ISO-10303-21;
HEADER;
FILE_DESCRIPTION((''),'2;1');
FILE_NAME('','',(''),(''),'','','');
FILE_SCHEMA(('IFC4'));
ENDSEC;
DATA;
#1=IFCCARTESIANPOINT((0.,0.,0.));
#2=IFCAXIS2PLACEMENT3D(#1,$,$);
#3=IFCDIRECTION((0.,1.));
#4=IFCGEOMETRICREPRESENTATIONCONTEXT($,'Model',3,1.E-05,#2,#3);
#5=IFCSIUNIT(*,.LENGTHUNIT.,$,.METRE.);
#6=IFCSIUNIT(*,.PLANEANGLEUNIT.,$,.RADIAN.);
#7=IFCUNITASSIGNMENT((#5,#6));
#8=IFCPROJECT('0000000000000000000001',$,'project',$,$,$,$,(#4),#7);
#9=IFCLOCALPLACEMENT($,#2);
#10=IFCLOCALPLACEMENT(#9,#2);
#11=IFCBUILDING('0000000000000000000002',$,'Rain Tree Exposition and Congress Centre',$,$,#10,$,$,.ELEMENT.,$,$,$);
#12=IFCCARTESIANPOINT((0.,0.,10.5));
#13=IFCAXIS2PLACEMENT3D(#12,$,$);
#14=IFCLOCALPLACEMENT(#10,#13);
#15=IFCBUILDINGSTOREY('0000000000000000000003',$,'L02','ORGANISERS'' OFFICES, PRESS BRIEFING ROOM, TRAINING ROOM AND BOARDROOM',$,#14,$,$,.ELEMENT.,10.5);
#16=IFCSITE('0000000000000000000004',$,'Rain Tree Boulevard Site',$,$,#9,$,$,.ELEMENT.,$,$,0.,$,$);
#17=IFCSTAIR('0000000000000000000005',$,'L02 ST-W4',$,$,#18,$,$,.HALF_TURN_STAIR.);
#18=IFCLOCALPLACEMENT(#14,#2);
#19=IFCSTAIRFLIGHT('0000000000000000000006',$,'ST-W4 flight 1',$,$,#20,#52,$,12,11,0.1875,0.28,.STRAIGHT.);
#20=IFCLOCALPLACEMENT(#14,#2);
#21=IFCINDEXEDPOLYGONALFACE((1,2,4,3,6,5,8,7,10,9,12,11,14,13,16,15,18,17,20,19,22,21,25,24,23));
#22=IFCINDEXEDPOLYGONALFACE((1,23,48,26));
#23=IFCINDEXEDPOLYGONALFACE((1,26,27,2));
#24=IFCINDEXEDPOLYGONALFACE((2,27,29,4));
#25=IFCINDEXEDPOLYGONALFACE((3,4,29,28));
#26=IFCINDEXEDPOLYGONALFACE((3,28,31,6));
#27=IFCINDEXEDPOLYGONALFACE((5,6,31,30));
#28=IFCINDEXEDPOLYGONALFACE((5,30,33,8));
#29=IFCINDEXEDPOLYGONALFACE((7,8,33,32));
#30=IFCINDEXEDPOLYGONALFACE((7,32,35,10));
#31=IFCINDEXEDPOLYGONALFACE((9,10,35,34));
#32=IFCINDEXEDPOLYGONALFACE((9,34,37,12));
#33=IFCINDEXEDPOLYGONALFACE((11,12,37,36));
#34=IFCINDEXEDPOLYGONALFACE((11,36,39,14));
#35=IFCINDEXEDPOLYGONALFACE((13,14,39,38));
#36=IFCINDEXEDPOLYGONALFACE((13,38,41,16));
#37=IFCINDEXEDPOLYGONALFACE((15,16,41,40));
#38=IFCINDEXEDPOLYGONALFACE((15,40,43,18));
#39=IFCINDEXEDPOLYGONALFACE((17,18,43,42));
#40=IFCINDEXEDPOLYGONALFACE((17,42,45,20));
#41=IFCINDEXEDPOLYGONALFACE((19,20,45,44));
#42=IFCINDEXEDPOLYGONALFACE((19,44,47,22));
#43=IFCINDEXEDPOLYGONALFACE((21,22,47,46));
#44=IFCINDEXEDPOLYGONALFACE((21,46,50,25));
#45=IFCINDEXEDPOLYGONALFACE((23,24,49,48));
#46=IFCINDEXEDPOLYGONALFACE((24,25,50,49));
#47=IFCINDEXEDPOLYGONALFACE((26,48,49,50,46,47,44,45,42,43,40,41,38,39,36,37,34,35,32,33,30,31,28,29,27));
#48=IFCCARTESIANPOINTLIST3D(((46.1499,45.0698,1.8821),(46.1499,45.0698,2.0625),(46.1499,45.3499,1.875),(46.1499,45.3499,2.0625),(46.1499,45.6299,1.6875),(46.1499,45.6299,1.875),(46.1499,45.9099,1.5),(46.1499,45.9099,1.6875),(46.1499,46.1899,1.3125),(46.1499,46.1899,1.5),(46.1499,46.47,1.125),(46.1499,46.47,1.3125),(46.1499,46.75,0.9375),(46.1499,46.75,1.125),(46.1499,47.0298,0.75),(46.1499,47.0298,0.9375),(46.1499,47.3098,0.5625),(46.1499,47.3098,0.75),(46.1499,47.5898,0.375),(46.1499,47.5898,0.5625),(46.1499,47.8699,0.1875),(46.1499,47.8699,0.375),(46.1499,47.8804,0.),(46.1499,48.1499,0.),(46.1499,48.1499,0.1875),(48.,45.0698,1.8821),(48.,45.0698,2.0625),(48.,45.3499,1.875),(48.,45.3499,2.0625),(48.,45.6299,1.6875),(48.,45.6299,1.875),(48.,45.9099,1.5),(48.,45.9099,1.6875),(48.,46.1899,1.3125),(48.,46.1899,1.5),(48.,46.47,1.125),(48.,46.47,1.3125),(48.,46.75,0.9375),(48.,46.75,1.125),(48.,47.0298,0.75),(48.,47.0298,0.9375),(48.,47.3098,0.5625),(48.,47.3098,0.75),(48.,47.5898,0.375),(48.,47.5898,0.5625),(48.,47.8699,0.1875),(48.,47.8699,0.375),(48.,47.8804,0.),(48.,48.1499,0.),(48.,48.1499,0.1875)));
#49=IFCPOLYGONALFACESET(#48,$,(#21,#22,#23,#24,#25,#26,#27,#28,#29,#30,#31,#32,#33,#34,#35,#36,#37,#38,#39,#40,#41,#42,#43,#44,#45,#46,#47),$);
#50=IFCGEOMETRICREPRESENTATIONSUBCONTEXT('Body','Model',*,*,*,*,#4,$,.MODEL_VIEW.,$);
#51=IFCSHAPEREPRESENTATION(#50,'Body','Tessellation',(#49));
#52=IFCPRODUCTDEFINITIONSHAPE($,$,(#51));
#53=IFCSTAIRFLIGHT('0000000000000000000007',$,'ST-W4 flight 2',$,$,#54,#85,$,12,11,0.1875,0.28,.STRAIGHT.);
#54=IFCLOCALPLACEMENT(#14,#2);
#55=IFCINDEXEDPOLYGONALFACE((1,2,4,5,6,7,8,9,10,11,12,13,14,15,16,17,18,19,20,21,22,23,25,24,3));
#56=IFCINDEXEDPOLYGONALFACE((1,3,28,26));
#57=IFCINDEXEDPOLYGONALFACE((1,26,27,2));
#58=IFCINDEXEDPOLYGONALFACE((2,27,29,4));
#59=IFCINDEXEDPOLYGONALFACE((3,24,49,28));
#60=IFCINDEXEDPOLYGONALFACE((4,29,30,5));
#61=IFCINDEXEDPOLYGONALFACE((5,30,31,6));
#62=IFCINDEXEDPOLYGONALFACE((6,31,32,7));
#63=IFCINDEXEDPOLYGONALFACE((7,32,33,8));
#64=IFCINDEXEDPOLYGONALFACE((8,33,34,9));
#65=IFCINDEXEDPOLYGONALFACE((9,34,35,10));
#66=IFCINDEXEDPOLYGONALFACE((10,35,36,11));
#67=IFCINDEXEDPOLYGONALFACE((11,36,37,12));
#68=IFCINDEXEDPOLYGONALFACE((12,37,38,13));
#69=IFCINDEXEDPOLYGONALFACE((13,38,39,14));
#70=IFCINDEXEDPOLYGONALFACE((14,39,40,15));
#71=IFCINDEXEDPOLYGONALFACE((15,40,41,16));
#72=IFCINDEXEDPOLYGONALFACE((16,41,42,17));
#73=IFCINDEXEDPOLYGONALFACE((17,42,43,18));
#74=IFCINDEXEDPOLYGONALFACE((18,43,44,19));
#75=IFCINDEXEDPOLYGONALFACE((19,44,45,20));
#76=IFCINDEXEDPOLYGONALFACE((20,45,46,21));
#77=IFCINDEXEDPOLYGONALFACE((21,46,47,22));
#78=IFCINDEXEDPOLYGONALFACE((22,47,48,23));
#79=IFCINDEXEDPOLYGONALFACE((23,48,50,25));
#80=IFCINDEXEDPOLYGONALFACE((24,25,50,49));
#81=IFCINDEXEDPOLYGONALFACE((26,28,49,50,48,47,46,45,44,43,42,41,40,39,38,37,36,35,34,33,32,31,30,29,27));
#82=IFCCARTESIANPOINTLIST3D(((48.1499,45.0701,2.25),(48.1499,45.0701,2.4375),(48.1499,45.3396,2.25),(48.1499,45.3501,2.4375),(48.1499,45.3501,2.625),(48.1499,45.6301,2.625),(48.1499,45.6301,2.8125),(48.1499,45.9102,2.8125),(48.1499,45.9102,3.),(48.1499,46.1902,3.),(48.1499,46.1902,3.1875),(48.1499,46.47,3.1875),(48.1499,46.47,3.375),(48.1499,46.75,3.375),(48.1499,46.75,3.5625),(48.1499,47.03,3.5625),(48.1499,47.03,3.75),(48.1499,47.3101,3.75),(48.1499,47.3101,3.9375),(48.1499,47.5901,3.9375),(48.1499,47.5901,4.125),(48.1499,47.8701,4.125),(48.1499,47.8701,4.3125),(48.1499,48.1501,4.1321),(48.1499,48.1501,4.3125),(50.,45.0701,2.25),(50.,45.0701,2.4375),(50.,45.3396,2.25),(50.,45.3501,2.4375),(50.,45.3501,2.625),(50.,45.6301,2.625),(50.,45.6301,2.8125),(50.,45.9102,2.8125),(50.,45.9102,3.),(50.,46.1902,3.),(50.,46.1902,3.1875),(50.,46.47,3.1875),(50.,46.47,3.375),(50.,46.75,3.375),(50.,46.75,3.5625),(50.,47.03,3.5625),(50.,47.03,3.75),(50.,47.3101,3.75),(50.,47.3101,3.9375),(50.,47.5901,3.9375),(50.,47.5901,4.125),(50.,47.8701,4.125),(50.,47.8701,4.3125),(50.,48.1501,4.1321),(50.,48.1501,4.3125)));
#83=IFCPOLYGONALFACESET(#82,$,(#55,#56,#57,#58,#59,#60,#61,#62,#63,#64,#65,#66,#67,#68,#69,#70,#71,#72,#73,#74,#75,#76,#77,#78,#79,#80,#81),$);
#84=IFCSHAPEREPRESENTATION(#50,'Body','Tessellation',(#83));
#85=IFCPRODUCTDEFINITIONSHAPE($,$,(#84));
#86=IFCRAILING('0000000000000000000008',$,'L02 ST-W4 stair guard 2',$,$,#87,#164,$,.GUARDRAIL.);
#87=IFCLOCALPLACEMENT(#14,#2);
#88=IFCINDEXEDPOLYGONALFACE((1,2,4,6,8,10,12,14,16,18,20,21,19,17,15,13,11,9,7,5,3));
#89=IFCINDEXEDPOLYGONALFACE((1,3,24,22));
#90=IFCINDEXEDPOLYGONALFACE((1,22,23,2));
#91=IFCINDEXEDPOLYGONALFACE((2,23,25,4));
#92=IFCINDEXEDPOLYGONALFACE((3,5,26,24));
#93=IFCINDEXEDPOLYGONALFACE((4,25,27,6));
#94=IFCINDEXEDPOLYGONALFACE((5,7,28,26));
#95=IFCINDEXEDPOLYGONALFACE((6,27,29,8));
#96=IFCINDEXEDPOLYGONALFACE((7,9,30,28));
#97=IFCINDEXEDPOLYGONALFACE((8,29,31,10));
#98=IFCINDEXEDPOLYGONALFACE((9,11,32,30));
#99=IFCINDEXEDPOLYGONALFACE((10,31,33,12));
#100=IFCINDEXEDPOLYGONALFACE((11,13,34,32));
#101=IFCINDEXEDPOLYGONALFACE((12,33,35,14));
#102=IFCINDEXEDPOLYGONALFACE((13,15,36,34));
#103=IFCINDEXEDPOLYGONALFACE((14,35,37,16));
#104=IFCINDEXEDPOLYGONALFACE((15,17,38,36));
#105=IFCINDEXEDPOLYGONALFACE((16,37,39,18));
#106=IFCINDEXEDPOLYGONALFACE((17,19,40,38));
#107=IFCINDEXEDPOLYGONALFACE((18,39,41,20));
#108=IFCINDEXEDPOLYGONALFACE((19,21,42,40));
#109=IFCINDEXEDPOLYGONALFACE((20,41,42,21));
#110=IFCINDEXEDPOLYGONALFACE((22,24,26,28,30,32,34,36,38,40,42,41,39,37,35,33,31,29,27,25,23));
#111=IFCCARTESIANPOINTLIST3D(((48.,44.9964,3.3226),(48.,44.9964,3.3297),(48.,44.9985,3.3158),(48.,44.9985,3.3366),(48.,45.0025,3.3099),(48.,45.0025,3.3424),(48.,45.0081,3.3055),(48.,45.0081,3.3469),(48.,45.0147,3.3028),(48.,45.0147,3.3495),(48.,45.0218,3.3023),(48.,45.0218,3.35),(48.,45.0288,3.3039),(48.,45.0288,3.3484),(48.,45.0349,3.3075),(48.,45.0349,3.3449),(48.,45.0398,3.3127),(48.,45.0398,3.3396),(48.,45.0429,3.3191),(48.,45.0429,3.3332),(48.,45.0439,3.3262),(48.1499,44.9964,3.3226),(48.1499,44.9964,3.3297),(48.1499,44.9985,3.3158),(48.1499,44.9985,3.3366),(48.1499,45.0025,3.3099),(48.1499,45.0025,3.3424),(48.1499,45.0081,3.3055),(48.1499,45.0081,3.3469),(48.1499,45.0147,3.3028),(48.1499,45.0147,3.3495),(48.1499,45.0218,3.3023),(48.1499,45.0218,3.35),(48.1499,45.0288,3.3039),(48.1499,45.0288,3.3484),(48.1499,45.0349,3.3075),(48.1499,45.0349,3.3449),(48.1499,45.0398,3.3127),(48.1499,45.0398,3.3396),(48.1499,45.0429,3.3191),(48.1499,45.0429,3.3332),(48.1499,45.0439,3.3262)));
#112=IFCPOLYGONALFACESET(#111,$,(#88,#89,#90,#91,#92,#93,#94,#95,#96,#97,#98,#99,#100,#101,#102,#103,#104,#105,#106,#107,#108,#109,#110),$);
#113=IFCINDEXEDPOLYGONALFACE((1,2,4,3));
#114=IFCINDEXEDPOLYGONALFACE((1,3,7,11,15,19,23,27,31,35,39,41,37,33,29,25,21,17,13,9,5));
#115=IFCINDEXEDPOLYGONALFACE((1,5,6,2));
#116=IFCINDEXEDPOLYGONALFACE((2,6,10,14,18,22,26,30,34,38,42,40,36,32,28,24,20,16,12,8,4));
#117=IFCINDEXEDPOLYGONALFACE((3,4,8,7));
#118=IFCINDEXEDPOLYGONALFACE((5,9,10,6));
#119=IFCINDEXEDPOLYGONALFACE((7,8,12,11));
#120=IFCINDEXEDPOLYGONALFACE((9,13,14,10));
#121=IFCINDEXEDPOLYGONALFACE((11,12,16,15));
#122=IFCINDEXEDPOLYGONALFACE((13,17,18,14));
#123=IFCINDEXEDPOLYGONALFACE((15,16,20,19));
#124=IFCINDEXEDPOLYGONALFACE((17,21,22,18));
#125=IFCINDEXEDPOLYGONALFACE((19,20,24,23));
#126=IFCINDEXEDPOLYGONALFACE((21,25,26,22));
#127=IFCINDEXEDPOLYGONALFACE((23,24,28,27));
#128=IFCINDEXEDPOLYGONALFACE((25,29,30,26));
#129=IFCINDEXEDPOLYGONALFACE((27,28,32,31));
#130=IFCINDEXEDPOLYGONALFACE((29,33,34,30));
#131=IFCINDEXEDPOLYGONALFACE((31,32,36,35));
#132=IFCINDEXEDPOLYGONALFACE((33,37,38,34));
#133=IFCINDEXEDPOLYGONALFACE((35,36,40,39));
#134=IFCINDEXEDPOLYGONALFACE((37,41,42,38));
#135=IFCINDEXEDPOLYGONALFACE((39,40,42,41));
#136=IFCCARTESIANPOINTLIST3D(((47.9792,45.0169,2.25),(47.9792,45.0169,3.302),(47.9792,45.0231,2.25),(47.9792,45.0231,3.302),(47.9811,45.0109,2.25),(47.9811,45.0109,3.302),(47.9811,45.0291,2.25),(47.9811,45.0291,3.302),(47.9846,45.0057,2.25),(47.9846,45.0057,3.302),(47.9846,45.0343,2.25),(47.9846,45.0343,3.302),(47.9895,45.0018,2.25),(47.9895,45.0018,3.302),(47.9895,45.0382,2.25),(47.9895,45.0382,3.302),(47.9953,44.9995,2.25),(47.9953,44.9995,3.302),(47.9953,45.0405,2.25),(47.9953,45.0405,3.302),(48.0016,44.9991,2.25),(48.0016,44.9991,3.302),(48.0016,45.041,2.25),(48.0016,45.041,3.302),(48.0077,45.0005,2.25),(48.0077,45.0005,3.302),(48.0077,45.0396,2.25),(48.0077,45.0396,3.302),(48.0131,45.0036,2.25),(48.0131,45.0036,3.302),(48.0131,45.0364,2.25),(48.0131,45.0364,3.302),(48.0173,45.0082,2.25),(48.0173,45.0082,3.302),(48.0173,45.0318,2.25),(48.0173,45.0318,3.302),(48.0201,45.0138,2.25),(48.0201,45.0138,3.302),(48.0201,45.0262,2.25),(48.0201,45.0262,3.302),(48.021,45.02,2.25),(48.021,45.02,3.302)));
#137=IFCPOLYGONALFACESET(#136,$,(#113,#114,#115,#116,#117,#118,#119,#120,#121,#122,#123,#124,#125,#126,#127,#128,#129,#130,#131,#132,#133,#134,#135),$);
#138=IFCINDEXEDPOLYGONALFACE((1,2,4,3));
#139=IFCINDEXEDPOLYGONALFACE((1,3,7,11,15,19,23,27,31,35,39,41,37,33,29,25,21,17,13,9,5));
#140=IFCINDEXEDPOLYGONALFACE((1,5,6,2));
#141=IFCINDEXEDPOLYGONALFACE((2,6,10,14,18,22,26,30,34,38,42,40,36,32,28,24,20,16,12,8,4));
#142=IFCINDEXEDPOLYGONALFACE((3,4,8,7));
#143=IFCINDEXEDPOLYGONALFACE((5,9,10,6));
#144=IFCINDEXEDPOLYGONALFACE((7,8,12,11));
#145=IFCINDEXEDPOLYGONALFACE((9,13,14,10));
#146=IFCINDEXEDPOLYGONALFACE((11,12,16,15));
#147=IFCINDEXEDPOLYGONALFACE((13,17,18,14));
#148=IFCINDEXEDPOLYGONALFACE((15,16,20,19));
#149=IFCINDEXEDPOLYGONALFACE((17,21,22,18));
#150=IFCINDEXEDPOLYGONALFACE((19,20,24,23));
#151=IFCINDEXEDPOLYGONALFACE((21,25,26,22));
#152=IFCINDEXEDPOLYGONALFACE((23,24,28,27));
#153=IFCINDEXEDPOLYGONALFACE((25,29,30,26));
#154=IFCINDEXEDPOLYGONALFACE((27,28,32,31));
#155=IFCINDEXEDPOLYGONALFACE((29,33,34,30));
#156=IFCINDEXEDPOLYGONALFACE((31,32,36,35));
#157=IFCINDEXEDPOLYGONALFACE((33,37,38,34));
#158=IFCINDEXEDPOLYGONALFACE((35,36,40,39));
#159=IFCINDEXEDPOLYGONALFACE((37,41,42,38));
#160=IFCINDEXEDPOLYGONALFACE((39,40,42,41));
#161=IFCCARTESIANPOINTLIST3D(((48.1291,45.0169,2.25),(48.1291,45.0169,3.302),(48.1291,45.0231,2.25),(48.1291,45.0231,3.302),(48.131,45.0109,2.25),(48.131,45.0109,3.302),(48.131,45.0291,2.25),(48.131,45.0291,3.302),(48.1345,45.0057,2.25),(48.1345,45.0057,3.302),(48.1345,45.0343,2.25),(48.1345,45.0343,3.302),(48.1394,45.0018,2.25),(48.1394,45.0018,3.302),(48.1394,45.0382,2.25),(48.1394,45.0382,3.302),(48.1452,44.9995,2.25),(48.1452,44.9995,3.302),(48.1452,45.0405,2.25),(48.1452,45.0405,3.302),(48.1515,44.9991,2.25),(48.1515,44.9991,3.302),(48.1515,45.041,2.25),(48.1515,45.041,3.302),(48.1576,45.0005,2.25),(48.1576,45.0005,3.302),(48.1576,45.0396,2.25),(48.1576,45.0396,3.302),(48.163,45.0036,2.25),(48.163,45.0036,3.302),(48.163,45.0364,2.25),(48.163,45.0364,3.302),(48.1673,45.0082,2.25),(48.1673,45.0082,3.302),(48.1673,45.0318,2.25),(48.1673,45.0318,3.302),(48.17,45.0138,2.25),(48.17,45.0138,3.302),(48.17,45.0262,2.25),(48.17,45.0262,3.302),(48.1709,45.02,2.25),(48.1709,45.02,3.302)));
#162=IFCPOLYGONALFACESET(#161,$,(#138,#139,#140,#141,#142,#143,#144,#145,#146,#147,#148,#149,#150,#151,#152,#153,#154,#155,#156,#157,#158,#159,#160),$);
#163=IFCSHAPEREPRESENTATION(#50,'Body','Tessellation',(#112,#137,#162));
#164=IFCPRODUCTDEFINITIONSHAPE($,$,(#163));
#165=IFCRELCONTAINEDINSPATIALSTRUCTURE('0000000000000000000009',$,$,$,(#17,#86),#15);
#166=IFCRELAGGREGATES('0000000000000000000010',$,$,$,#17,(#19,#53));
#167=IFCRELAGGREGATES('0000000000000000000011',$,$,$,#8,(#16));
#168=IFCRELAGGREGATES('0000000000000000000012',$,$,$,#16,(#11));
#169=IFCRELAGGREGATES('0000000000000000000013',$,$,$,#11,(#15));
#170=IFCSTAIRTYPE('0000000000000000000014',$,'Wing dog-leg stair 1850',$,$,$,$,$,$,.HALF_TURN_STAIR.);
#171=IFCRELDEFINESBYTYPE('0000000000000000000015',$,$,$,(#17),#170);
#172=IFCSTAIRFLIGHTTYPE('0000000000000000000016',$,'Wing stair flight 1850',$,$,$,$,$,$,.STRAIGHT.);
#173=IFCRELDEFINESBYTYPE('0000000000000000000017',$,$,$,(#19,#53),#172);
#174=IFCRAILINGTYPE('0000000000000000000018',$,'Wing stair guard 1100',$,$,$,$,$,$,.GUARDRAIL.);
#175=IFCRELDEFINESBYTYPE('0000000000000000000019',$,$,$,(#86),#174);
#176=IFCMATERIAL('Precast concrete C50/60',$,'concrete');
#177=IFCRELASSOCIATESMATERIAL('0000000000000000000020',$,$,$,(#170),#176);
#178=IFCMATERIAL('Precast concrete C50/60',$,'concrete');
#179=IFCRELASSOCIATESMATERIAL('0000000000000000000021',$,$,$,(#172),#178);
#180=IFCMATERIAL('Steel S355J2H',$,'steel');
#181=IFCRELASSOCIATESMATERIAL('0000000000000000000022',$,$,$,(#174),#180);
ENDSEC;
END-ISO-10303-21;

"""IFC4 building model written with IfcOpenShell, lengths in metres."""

from ifc_helpers import new_model, si_unit, direction, frame, origin, origin_2d, place, context, subcontext, project, spatial, polyline, circle, outline, extrude, material, type_object, element, aggregate, save


model = new_model("IFC4")

# Units and contexts
model_context = context("Model", 3, precision=1e-05, world=origin(), true_north=direction((0.0, 1.0)))
body_context = subcontext(model_context, "Body", "Model", "MODEL_VIEW")
ifc_project = project(units=[si_unit("LENGTHUNIT", "METRE"), si_unit("PLANEANGLEUNIT", "RADIAN")], contexts=[model_context])

# Site, building, storey
site_placement = place(None, origin())
site = spatial("IfcSite", under=ifc_project, at=site_placement, Name="Rain Tree Boulevard Site", CompositionType="ELEMENT", RefElevation=0.0)
building_placement = place(site_placement, origin())
building = spatial("IfcBuilding", under=site, at=building_placement, Name="Rain Tree Exposition and Congress Centre", CompositionType="ELEMENT")
storey_placement = place(building_placement, frame((0.0, 0.0, 10.5)))
storey = spatial("IfcBuildingStorey", under=building, at=storey_placement, Name="L02", Description="ORGANISERS' OFFICES, PRESS BRIEFING ROOM, TRAINING ROOM AND BOARDROOM", CompositionType="ELEMENT", Elevation=10.5)

# Stair, stair flights
ifc_material_1 = material(Name="Precast concrete C50/60", Category="concrete")
stair_type = type_object("IfcStairType", Name="Wing dog-leg stair 1850", PredefinedType="HALF_TURN_STAIR", material=ifc_material_1)
stair_placement = place(storey_placement, origin())
stair = element("IfcStair", 1, at=stair_placement, inside=storey, type_object=stair_type, Name="L02 ST-W4", PredefinedType="HALF_TURN_STAIR")
ifc_material_2 = material(Name="Precast concrete C50/60", Category="concrete")
stair_flight_type = type_object("IfcStairFlightType", Name="Wing stair flight 1850", PredefinedType="STRAIGHT", material=ifc_material_2)
stair_flight_1_placement = place(storey_placement, frame((47.075, 48.1499, 0.0), z_axis=(0.0, 0.0, 1.0), x_axis=(0.0, -1.0, 0.0)))
stair_flight_1 = element("IfcStairFlight", 2, at=stair_flight_1_placement, type_object=stair_flight_type, Name="ST-W4 flight 1", NumberOfRisers=12, NumberOfTreads=11, PredefinedType="STRAIGHT", RiserHeight=0.1875, TreadLength=0.28, context=body_context, shape_type="SweptSolid", body=[
    extrude(outline(polyline([(0.0, 0.0), (0.0, 0.1875), (0.28, 0.1875), (0.28, 0.375), (0.5601, 0.375), (0.5601, 0.5625), (0.8401, 0.5625), (0.8401, 0.75), (1.1201, 0.75), (1.1201, 0.9375), (1.3999, 0.9375), (1.3999, 1.125), (1.6799, 1.125), (1.6799, 1.3125), (1.96, 1.3125), (1.96, 1.5), (2.24, 1.5), (2.24, 1.6875), (2.52, 1.6875), (2.52, 1.875), (2.8, 1.875), (2.8, 2.0625), (3.0801, 2.0625), (3.0801, 2.25), (3.0801, 1.8821), (0.2695, 0.0), (0.0, 0.0)])), frame((0.0, 0.925, 0.0), z_axis=(0.0, -1.0, 0.0), x_axis=(1.0, 0.0, 0.0)), (0.0, 0.0, 1.0), 1.8501),
])
stair_flight_2_placement = place(storey_placement, frame((49.075, 45.0701, 2.25), z_axis=(0.0, 0.0, 1.0), x_axis=(0.0, 1.0, 0.0)))
stair_flight_2 = element("IfcStairFlight", 3, at=stair_flight_2_placement, type_object=stair_flight_type, Name="ST-W4 flight 2", NumberOfRisers=12, NumberOfTreads=11, PredefinedType="STRAIGHT", RiserHeight=0.1875, TreadLength=0.28, context=body_context, shape_type="SweptSolid", body=[
    extrude(outline(polyline([(0.0, 0.0), (0.0, 0.1875), (0.28, 0.1875), (0.28, 0.375), (0.5601, 0.375), (0.5601, 0.5625), (0.8401, 0.5625), (0.8401, 0.75), (1.1201, 0.75), (1.1201, 0.9375), (1.3999, 0.9375), (1.3999, 1.125), (1.6799, 1.125), (1.6799, 1.3125), (1.96, 1.3125), (1.96, 1.5), (2.24, 1.5), (2.24, 1.6875), (2.52, 1.6875), (2.52, 1.875), (2.8, 1.875), (2.8, 2.0625), (3.0801, 2.0625), (3.0801, 2.25), (3.0801, 1.8821), (0.2695, 0.0), (0.0, 0.0)])), frame((0.0, 0.925, 0.0), z_axis=(0.0, -1.0, 0.0), x_axis=(1.0, 0.0, 0.0)), (0.0, 0.0, 1.0), 1.8501),
])
aggregate(stair, [stair_flight_1, stair_flight_2])

# Railing
ifc_material_3 = material(Name="Steel S355J2H", Category="steel")
railing_type_1 = type_object("IfcRailingType", Name="Wing stair guard 1100", PredefinedType="GUARDRAIL", material=ifc_material_3)
railing_1_placement = place(storey_placement, frame((48.0, 45.02, 2.25)))
element("IfcRailing", 4, at=railing_1_placement, inside=storey, type_object=railing_type_1, Name="L02 ST-W4 stair guard 2", PredefinedType="GUARDRAIL", context=body_context, shape_type="SweptSolid", body=[
    extrude(circle(Radius=0.0239, at=origin_2d()), frame((0.0, 0.0, 1.0762), z_axis=(1.0, 0.0, 0.0), x_axis=(0.0, 1.0, 0.0)), (0.0, 0.0, 1.0), 0.1499),
    extrude(circle(Radius=0.021, at=origin_2d()), origin(), (0.0, 0.0, 1.0), 1.052),
    extrude(circle(Radius=0.021, at=origin_2d()), frame((0.1499, 0.0, 0.0)), (0.0, 0.0, 1.0), 1.052),
])

save(model, "model.ifc")
